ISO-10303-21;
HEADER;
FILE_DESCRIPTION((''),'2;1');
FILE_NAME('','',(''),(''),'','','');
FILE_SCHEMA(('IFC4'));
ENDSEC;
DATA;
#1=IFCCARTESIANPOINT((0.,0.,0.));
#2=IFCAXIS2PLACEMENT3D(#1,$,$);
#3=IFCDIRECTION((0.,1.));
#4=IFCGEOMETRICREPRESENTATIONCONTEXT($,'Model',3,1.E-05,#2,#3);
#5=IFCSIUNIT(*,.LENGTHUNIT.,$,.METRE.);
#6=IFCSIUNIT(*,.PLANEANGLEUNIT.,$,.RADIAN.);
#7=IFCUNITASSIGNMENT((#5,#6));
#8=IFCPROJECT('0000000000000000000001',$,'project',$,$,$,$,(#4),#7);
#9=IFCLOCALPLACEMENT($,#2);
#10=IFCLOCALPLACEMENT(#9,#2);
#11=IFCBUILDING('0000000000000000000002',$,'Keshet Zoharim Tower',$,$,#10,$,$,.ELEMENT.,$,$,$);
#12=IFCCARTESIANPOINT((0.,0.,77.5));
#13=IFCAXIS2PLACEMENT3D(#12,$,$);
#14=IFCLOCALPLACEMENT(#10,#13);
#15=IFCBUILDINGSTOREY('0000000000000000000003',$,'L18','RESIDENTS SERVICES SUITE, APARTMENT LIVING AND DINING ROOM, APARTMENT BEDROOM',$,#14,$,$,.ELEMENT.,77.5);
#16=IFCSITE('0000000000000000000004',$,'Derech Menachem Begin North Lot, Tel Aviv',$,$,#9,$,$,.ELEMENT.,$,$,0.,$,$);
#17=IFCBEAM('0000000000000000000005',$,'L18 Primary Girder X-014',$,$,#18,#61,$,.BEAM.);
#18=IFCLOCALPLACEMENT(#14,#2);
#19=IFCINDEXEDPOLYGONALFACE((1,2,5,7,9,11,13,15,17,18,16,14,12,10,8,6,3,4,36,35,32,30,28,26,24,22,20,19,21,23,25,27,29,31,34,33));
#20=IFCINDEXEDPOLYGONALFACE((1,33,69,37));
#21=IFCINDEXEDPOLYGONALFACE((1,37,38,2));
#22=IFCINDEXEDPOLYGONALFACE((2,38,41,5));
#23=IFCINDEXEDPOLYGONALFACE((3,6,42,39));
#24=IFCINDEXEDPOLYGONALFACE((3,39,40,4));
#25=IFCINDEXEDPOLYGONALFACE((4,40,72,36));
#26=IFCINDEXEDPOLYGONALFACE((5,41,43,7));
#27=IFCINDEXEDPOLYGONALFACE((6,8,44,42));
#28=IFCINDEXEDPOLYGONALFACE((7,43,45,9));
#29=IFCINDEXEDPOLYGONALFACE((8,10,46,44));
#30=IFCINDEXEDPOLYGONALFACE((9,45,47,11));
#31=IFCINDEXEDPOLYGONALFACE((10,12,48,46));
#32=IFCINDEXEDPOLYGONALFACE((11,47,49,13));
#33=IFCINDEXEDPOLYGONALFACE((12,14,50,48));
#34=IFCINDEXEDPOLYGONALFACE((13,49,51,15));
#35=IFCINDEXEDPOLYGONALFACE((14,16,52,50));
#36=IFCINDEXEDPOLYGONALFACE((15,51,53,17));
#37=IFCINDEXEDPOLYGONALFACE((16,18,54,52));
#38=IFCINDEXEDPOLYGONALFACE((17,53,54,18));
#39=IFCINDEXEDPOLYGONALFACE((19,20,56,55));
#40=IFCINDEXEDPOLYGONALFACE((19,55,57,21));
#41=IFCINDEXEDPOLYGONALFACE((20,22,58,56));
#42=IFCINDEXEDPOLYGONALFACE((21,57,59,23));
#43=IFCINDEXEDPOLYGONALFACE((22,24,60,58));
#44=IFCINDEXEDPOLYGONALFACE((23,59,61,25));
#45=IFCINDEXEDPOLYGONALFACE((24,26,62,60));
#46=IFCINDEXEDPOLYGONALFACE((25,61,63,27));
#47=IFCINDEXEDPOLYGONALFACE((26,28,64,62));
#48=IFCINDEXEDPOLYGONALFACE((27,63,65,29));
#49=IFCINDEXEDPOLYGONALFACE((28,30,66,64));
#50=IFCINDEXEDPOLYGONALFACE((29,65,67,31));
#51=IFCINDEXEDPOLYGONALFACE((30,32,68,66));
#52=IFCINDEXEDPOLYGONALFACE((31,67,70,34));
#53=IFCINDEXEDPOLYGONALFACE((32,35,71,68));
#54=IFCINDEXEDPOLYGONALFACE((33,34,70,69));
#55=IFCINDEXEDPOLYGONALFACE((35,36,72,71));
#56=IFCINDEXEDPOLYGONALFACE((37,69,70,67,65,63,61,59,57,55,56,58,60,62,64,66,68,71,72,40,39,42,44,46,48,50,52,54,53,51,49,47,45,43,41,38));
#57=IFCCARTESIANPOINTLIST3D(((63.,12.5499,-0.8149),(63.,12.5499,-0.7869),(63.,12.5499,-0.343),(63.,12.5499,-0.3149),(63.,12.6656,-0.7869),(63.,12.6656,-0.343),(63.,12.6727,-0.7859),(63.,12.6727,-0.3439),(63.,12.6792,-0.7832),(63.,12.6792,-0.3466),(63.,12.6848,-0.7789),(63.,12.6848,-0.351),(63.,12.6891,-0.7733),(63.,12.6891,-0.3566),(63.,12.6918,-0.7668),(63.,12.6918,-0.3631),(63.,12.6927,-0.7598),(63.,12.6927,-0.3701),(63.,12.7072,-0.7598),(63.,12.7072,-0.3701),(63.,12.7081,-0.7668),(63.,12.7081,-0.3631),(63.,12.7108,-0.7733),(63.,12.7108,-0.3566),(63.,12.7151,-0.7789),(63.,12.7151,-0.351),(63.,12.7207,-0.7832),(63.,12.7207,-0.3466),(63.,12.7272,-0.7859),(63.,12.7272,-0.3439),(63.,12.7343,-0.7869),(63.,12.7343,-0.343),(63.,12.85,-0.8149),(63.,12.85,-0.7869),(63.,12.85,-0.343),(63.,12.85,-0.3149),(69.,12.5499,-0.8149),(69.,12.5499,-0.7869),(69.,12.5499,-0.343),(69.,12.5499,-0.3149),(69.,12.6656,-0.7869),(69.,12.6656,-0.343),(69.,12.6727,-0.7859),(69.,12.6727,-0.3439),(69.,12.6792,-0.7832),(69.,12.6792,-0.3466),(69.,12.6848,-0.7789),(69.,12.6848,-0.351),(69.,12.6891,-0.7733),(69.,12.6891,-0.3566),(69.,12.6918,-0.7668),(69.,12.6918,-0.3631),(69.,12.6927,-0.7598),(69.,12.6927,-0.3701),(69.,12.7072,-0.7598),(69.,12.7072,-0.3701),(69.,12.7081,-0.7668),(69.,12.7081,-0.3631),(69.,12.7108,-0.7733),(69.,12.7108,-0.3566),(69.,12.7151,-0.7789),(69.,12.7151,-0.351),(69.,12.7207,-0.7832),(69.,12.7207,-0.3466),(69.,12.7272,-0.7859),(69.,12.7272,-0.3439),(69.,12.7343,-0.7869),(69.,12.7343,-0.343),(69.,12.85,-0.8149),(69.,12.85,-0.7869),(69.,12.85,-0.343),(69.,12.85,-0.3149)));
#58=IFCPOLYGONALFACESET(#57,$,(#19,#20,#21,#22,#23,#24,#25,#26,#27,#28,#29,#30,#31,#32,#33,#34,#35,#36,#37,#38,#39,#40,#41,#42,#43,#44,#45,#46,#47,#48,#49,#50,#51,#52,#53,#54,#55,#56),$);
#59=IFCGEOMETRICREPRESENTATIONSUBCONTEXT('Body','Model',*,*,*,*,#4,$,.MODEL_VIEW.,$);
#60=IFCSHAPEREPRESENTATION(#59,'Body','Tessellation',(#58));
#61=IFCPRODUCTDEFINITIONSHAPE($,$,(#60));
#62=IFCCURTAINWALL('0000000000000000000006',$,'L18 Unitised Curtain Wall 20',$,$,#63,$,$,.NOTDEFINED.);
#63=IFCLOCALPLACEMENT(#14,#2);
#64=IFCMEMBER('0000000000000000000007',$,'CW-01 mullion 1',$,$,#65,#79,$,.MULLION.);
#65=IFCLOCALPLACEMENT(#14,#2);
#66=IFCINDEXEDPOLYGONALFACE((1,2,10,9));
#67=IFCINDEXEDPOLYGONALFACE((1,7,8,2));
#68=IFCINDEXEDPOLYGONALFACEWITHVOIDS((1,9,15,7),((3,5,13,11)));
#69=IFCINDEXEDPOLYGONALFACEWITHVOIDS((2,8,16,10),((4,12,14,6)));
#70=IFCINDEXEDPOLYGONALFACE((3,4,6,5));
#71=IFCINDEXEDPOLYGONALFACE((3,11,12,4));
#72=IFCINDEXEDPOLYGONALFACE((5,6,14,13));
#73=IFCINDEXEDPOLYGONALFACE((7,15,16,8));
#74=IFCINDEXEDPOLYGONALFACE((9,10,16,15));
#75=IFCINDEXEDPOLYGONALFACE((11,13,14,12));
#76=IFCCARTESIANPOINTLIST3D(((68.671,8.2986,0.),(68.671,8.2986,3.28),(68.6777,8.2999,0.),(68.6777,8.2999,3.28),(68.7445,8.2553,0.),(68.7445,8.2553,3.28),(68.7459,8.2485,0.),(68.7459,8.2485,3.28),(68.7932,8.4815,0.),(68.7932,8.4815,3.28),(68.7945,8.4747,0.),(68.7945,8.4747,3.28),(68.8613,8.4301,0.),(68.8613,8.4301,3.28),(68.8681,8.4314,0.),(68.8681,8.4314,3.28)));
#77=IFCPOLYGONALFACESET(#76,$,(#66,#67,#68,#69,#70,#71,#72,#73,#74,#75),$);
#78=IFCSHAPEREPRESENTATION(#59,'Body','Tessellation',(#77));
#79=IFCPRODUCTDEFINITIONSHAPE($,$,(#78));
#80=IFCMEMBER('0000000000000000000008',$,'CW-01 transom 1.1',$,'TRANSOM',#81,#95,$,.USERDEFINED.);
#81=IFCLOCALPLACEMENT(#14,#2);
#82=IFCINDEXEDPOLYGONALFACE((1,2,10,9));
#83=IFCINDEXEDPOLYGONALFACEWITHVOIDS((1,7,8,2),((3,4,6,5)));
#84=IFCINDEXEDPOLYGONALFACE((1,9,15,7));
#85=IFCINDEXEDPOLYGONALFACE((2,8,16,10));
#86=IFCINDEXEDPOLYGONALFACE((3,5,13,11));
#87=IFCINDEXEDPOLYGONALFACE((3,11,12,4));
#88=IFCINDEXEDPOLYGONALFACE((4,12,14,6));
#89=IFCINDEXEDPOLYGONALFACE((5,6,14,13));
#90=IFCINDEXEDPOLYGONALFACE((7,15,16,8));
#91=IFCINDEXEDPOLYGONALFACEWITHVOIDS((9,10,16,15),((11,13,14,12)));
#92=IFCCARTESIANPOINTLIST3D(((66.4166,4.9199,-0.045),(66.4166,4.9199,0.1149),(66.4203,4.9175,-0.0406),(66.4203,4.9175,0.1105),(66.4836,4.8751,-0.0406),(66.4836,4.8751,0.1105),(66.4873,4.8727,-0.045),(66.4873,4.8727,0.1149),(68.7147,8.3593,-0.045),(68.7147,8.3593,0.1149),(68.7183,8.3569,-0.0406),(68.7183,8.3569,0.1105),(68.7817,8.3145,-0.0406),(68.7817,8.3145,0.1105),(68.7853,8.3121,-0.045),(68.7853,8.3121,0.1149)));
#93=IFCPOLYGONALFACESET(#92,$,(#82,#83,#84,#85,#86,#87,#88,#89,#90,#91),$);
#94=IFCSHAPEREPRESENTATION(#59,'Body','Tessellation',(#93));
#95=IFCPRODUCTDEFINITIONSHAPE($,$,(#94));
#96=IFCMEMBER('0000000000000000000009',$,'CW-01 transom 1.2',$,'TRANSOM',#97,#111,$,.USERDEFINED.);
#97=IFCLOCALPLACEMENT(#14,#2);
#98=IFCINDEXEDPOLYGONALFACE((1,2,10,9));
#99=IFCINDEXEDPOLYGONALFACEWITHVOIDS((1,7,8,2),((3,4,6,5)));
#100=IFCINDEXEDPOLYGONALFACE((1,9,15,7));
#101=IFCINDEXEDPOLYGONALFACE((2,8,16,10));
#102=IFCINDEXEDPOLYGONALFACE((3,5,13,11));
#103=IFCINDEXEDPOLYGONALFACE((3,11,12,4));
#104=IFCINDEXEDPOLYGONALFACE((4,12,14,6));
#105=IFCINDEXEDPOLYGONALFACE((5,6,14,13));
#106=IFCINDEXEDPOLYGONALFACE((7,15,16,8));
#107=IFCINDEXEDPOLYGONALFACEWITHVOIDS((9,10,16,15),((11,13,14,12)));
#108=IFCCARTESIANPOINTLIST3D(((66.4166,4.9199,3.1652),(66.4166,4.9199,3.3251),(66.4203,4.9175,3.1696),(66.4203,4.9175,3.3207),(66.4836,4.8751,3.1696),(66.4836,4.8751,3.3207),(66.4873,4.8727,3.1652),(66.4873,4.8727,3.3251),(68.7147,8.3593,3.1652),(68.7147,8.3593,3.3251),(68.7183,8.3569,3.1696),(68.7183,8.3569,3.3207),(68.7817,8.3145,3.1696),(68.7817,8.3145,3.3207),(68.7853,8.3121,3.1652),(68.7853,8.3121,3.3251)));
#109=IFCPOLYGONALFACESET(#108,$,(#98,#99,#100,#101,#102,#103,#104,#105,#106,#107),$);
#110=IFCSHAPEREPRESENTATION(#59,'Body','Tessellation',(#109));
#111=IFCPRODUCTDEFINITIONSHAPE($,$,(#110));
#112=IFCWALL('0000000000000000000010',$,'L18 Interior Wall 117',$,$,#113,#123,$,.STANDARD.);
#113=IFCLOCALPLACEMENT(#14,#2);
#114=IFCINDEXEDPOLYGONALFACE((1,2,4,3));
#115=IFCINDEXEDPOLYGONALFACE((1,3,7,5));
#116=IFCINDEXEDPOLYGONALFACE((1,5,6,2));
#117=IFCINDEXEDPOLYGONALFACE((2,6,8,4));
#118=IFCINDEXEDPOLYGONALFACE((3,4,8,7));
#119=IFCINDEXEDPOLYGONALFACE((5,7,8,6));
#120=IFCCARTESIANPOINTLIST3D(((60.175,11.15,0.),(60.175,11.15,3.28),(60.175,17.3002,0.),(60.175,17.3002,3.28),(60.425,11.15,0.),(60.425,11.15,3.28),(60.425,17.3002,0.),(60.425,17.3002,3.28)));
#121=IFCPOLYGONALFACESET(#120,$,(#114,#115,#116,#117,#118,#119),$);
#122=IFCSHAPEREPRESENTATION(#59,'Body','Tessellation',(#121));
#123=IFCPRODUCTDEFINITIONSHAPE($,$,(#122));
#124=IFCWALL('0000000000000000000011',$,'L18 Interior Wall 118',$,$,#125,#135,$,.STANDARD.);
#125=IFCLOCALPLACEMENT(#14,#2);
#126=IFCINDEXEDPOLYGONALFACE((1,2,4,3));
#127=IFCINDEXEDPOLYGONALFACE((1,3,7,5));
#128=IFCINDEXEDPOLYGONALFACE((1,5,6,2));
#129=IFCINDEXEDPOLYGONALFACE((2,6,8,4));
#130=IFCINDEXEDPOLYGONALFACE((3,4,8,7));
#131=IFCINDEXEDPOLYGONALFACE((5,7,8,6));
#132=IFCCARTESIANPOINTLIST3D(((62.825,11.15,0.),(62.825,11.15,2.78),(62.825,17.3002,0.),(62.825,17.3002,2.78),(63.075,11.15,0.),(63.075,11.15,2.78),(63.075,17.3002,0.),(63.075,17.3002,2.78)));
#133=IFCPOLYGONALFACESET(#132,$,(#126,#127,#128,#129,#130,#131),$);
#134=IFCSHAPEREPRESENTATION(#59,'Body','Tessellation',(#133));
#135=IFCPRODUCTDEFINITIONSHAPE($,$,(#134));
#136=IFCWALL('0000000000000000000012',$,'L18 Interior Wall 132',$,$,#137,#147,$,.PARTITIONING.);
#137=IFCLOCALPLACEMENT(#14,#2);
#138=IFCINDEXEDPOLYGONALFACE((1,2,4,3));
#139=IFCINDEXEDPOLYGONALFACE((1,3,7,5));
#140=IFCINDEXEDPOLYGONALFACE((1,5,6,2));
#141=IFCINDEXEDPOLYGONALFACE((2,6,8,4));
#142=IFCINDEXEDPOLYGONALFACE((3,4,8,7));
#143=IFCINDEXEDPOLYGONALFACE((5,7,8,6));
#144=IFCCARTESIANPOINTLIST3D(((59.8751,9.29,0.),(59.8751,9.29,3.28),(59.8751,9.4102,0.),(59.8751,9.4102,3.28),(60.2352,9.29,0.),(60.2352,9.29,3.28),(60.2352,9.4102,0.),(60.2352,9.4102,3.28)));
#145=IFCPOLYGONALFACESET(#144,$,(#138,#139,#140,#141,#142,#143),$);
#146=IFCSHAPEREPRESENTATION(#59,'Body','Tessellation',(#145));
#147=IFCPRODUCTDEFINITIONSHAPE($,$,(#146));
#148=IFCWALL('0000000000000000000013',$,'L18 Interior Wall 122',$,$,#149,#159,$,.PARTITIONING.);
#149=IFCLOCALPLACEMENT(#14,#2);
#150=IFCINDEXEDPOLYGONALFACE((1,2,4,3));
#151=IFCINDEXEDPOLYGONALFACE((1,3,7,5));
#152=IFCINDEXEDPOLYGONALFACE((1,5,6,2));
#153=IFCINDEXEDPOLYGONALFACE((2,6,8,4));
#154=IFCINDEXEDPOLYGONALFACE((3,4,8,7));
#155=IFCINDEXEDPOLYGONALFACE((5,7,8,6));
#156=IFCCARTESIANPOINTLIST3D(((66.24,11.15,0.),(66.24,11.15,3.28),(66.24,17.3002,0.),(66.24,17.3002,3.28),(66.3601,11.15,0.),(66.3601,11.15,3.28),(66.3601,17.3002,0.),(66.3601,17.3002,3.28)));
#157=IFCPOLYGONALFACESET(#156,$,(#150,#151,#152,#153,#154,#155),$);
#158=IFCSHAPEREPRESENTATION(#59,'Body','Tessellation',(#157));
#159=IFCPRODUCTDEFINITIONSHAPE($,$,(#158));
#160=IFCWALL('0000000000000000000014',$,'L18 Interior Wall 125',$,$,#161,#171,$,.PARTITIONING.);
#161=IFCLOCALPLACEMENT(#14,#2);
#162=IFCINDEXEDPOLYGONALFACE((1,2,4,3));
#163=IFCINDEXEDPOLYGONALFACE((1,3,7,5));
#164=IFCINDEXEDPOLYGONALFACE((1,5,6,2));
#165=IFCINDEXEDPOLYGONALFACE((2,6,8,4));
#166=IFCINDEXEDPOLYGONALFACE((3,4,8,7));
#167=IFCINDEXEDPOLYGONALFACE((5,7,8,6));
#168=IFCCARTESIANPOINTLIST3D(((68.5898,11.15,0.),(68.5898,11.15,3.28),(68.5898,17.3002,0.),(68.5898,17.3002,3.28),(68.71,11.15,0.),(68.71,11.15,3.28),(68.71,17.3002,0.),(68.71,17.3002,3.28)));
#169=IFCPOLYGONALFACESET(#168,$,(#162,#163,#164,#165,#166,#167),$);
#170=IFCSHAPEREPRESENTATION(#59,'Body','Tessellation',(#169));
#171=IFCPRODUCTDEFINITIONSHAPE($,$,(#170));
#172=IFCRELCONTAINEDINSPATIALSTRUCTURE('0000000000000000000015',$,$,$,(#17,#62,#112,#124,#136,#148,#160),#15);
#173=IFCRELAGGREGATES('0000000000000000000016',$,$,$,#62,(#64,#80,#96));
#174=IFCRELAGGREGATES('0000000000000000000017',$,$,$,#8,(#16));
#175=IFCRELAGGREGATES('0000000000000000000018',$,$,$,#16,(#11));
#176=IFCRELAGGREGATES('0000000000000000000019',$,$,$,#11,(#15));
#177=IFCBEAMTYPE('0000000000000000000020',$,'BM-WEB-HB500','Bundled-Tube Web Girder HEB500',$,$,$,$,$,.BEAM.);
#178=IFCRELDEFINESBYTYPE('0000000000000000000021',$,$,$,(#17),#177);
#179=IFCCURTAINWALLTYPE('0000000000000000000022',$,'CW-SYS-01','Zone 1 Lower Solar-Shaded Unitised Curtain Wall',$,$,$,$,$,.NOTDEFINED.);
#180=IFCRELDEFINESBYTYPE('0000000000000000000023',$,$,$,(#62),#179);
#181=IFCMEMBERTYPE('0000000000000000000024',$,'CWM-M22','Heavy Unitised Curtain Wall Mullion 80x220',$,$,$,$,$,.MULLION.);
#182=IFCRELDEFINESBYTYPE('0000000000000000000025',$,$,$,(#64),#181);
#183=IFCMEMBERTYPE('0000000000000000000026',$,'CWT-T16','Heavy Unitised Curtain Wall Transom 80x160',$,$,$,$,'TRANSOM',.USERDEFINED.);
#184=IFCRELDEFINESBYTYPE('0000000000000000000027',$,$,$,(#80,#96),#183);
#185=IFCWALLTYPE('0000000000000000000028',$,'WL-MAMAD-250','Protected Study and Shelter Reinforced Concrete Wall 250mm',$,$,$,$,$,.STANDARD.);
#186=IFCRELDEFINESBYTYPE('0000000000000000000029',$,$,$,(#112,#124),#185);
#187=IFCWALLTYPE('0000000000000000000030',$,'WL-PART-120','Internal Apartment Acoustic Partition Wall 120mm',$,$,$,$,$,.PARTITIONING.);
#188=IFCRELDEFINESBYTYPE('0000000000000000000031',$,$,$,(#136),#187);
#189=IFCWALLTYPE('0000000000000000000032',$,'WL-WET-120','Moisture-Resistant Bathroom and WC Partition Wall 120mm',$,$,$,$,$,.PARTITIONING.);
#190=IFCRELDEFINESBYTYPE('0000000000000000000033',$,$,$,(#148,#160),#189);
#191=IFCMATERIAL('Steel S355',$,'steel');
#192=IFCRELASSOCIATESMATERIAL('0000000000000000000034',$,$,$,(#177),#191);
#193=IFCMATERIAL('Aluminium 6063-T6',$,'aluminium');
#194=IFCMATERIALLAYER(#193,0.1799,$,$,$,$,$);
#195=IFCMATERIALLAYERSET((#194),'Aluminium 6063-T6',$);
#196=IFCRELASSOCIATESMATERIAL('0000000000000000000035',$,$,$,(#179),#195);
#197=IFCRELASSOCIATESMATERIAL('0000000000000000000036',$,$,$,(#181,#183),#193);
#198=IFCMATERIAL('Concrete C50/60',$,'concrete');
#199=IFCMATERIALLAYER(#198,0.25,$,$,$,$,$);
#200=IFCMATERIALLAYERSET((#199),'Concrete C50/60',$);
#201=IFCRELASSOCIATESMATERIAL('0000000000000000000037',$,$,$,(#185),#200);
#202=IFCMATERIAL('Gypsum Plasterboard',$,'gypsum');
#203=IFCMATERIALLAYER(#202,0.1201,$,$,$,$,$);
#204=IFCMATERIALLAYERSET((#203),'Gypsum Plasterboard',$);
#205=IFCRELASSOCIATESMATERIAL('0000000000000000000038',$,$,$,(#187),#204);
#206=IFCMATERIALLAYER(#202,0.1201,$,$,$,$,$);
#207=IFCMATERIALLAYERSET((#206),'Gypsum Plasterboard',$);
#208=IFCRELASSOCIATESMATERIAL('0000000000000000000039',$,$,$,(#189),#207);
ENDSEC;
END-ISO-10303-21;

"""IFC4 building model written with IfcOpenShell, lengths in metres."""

from ifc_helpers import new_model, si_unit, direction, frame, frame_2d, origin, origin_2d, place, context, subcontext, project, spatial, rectangle, hollow_rectangle, i_section, extrude, material, layer, layer_set, material_profile, profile_set, type_object, element, aggregate, save


model = new_model("IFC4")

# Units and contexts
model_context = context("Model", 3, precision=1e-05, world=origin(), true_north=direction((0.0, 1.0)))
body_context = subcontext(model_context, "Body", "Model", "MODEL_VIEW")
ifc_project = project(units=[si_unit("LENGTHUNIT", "METRE"), si_unit("PLANEANGLEUNIT", "RADIAN")], contexts=[model_context])

# Site, building, storey
site_placement = place(None, origin())
site = spatial("IfcSite", under=ifc_project, at=site_placement, Name="Derech Menachem Begin North Lot, Tel Aviv", CompositionType="ELEMENT", RefElevation=0.0)
building_placement = place(site_placement, origin())
building = spatial("IfcBuilding", under=site, at=building_placement, Name="Keshet Zoharim Tower", CompositionType="ELEMENT")
storey_placement = place(building_placement, frame((0.0, 0.0, 77.5)))
storey = spatial("IfcBuildingStorey", under=building, at=storey_placement, Name="L18", Description="RESIDENTS SERVICES SUITE, APARTMENT LIVING AND DINING ROOM, APARTMENT BEDROOM", CompositionType="ELEMENT", Elevation=77.5)

# Beam
ifc_material_1 = material(Name="Steel S355", Category="steel")
ifc_material_profile_1 = material_profile(ifc_material_1, i_section(OverallWidth=0.3, OverallDepth=0.5, WebThickness=0.0144, FlangeThickness=0.0281, FilletRadius=0.0271, at=origin_2d()), Name="HEB500")
ifc_profile_set_1 = profile_set([ifc_material_profile_1], Name="Steel S355")
beam_type_1 = type_object("IfcBeamType", Name="BM-WEB-HB500", Description="Bundled-Tube Web Girder HEB500", PredefinedType="BEAM", material=ifc_profile_set_1)
for number, where, z_axis, x_axis, name in (
    (1, (63.0, 12.7, -0.5649), (1.0, 0.0, 0.0), (0.0, 1.0, 0.0), "L18 Primary Girder X-014"),
):
    element("IfcBeam", number, at=place(storey_placement, frame(where, z_axis=z_axis, x_axis=x_axis)), inside=storey, type_object=beam_type_1, Name=name, PredefinedType="BEAM", context=body_context, shape_type="SweptSolid", body=[
        extrude(i_section(OverallWidth=0.3, OverallDepth=0.5, WebThickness=0.0144, FlangeThickness=0.0281, FilletRadius=0.0271, at=origin_2d()), origin(), (0.0, 0.0, 1.0), 6.0),
    ])

# Curtain wall, members
ifc_material_2 = material(Name="Aluminium 6063-T6", Category="aluminium")
ifc_layer_1 = layer(ifc_material_2, 0.1799)
ifc_layer_set_1 = layer_set([ifc_layer_1], Name="Aluminium 6063-T6")
curtain_wall_type = type_object("IfcCurtainWallType", Name="CW-SYS-01", Description="Zone 1 Lower Solar-Shaded Unitised Curtain Wall", PredefinedType="NOTDEFINED", material=ifc_layer_set_1)
curtain_wall_placement = place(storey_placement, origin())
curtain_wall = element("IfcCurtainWall", 2, at=curtain_wall_placement, inside=storey, type_object=curtain_wall_type, Name="L18 Unitised Curtain Wall 20", PredefinedType="NOTDEFINED")
ifc_material_profile_2 = material_profile(ifc_material_2, hollow_rectangle(XDim=0.0901, YDim=0.22, WallThickness=0.0049, at=origin_2d()), Name="MUL-90x220")
ifc_profile_set_2 = profile_set([ifc_material_profile_2], Name="Aluminium 6063-T6")
member_type_1 = type_object("IfcMemberType", Name="CWM-M22", Description="Heavy Unitised Curtain Wall Mullion 80x220", PredefinedType="MULLION", material=ifc_profile_set_2)
member_1_placement = place(storey_placement, frame((68.7695, 8.365, 0.0), z_axis=(0.0, 0.0, 1.0), x_axis=(0.831474, -0.555563, 0.0)))
member_1 = element("IfcMember", 3, at=member_1_placement, type_object=member_type_1, Name="CW-01 mullion 1", PredefinedType="MULLION", context=body_context, shape_type="SweptSolid", body=[
    extrude(hollow_rectangle(XDim=0.0901, YDim=0.22, WallThickness=0.0049, at=origin_2d()), origin(), (0.0, 0.0, 1.0), 3.28),
])
ifc_material_profile_3 = material_profile(ifc_material_2, hollow_rectangle(XDim=0.085, YDim=0.1599, WallThickness=0.0044, at=origin_2d()), Name="TRN-85x160")
ifc_profile_set_3 = profile_set([ifc_material_profile_3], Name="Aluminium 6063-T6")
member_type_2 = type_object("IfcMemberType", Name="CWT-T16", Description="Heavy Unitised Curtain Wall Transom 80x160", ElementType="TRANSOM", PredefinedType="USERDEFINED", material=ifc_profile_set_3)
member_2_placement = place(storey_placement, frame((68.75, 8.3357, 0.0349), z_axis=(-0.555558, -0.831478, 0.0), x_axis=(0.831478, -0.555558, 0.0)))
member_2 = element("IfcMember", 4, at=member_2_placement, type_object=member_type_2, Name="CW-01 transom 1.1", ObjectType="TRANSOM", PredefinedType="USERDEFINED", context=body_context, shape_type="SweptSolid", body=[
    extrude(hollow_rectangle(XDim=0.085, YDim=0.1599, WallThickness=0.0044, at=origin_2d()), origin(), (0.0, 0.0, 1.0), 4.1365),
])
member_3_placement = place(storey_placement, frame((68.75, 8.3357, 3.2451), z_axis=(-0.555558, -0.831478, 0.0), x_axis=(0.831478, -0.555558, 0.0)))
member_3 = element("IfcMember", 5, at=member_3_placement, type_object=member_type_2, Name="CW-01 transom 1.2", ObjectType="TRANSOM", PredefinedType="USERDEFINED", context=body_context, shape_type="SweptSolid", body=[
    extrude(hollow_rectangle(XDim=0.085, YDim=0.1599, WallThickness=0.0044, at=origin_2d()), origin(), (0.0, 0.0, 1.0), 4.1365),
])
aggregate(curtain_wall, [member_1, member_2, member_3])

# Walls
ifc_material_3 = material(Name="Concrete C50/60", Category="concrete")
ifc_layer_2 = layer(ifc_material_3, 0.25)
ifc_layer_set_2 = layer_set([ifc_layer_2], Name="Concrete C50/60")
wall_type_1 = type_object("IfcWallType", Name="WL-MAMAD-250", Description="Protected Study and Shelter Reinforced Concrete Wall 250mm", PredefinedType="STANDARD", material=ifc_layer_set_2)
wall_1_placement = place(storey_placement, frame((60.3, 11.1499, 0.0), z_axis=(0.0, 0.0, 1.0), x_axis=(0.0, 1.0, 0.0)))
element("IfcWall", 6, at=wall_1_placement, inside=storey, type_object=wall_type_1, Name="L18 Interior Wall 117", PredefinedType="STANDARD", context=body_context, shape_type="SweptSolid", body=[
    extrude(rectangle(XDim=6.1501, YDim=0.25, at=frame_2d((3.0752, 0.0))), origin(), (0.0, 0.0, 1.0), 3.28),
])
wall_2_placement = place(storey_placement, frame((62.95, 11.1499, 0.0), z_axis=(0.0, 0.0, 1.0), x_axis=(0.0, 1.0, 0.0)))
element("IfcWall", 7, at=wall_2_placement, inside=storey, type_object=wall_type_1, Name="L18 Interior Wall 118", PredefinedType="STANDARD", context=body_context, shape_type="SweptSolid", body=[
    extrude(rectangle(XDim=6.1501, YDim=0.25, at=frame_2d((3.0752, 0.0))), origin(), (0.0, 0.0, 1.0), 2.78),
])

# Wall
ifc_material_4 = material(Name="Gypsum Plasterboard", Category="gypsum")
ifc_layer_3 = layer(ifc_material_4, 0.1201)
ifc_layer_set_3 = layer_set([ifc_layer_3], Name="Gypsum Plasterboard")
wall_type_2 = type_object("IfcWallType", Name="WL-PART-120", Description="Internal Apartment Acoustic Partition Wall 120mm", PredefinedType="PARTITIONING", material=ifc_layer_set_3)
wall_3_placement = place(storey_placement, frame((59.875, 9.3501, 0.0), z_axis=(0.0, 0.0, 1.0), x_axis=(1.0, 0.0, 0.0)))
element("IfcWall", 8, at=wall_3_placement, inside=storey, type_object=wall_type_2, Name="L18 Interior Wall 132", PredefinedType="PARTITIONING", context=body_context, shape_type="SweptSolid", body=[
    extrude(rectangle(XDim=0.3601, YDim=0.1201, at=frame_2d((0.1802, 0.0))), origin(), (0.0, 0.0, 1.0), 3.28),
])

# Walls
ifc_layer_4 = layer(ifc_material_4, 0.1201)
ifc_layer_set_4 = layer_set([ifc_layer_4], Name="Gypsum Plasterboard")
wall_type_3 = type_object("IfcWallType", Name="WL-WET-120", Description="Moisture-Resistant Bathroom and WC Partition Wall 120mm", PredefinedType="PARTITIONING", material=ifc_layer_set_4)
for number, where, z_axis, x_axis, name in (
    (9, (66.3, 11.1499, 0.0), (0.0, 0.0, 1.0), (0.0, 1.0, 0.0), "L18 Interior Wall 122"),
    (10, (68.6499, 11.1499, 0.0), (0.0, 0.0, 1.0), (0.0, 1.0, 0.0), "L18 Interior Wall 125"),
):
    element("IfcWall", number, at=place(storey_placement, frame(where, z_axis=z_axis, x_axis=x_axis)), inside=storey, type_object=wall_type_3, Name=name, PredefinedType="PARTITIONING", context=body_context, shape_type="SweptSolid", body=[
        extrude(rectangle(XDim=6.1501, YDim=0.1201, at=frame_2d((3.0752, 0.0))), origin(), (0.0, 0.0, 1.0), 3.28),
    ])

save(model, "model.ifc")
